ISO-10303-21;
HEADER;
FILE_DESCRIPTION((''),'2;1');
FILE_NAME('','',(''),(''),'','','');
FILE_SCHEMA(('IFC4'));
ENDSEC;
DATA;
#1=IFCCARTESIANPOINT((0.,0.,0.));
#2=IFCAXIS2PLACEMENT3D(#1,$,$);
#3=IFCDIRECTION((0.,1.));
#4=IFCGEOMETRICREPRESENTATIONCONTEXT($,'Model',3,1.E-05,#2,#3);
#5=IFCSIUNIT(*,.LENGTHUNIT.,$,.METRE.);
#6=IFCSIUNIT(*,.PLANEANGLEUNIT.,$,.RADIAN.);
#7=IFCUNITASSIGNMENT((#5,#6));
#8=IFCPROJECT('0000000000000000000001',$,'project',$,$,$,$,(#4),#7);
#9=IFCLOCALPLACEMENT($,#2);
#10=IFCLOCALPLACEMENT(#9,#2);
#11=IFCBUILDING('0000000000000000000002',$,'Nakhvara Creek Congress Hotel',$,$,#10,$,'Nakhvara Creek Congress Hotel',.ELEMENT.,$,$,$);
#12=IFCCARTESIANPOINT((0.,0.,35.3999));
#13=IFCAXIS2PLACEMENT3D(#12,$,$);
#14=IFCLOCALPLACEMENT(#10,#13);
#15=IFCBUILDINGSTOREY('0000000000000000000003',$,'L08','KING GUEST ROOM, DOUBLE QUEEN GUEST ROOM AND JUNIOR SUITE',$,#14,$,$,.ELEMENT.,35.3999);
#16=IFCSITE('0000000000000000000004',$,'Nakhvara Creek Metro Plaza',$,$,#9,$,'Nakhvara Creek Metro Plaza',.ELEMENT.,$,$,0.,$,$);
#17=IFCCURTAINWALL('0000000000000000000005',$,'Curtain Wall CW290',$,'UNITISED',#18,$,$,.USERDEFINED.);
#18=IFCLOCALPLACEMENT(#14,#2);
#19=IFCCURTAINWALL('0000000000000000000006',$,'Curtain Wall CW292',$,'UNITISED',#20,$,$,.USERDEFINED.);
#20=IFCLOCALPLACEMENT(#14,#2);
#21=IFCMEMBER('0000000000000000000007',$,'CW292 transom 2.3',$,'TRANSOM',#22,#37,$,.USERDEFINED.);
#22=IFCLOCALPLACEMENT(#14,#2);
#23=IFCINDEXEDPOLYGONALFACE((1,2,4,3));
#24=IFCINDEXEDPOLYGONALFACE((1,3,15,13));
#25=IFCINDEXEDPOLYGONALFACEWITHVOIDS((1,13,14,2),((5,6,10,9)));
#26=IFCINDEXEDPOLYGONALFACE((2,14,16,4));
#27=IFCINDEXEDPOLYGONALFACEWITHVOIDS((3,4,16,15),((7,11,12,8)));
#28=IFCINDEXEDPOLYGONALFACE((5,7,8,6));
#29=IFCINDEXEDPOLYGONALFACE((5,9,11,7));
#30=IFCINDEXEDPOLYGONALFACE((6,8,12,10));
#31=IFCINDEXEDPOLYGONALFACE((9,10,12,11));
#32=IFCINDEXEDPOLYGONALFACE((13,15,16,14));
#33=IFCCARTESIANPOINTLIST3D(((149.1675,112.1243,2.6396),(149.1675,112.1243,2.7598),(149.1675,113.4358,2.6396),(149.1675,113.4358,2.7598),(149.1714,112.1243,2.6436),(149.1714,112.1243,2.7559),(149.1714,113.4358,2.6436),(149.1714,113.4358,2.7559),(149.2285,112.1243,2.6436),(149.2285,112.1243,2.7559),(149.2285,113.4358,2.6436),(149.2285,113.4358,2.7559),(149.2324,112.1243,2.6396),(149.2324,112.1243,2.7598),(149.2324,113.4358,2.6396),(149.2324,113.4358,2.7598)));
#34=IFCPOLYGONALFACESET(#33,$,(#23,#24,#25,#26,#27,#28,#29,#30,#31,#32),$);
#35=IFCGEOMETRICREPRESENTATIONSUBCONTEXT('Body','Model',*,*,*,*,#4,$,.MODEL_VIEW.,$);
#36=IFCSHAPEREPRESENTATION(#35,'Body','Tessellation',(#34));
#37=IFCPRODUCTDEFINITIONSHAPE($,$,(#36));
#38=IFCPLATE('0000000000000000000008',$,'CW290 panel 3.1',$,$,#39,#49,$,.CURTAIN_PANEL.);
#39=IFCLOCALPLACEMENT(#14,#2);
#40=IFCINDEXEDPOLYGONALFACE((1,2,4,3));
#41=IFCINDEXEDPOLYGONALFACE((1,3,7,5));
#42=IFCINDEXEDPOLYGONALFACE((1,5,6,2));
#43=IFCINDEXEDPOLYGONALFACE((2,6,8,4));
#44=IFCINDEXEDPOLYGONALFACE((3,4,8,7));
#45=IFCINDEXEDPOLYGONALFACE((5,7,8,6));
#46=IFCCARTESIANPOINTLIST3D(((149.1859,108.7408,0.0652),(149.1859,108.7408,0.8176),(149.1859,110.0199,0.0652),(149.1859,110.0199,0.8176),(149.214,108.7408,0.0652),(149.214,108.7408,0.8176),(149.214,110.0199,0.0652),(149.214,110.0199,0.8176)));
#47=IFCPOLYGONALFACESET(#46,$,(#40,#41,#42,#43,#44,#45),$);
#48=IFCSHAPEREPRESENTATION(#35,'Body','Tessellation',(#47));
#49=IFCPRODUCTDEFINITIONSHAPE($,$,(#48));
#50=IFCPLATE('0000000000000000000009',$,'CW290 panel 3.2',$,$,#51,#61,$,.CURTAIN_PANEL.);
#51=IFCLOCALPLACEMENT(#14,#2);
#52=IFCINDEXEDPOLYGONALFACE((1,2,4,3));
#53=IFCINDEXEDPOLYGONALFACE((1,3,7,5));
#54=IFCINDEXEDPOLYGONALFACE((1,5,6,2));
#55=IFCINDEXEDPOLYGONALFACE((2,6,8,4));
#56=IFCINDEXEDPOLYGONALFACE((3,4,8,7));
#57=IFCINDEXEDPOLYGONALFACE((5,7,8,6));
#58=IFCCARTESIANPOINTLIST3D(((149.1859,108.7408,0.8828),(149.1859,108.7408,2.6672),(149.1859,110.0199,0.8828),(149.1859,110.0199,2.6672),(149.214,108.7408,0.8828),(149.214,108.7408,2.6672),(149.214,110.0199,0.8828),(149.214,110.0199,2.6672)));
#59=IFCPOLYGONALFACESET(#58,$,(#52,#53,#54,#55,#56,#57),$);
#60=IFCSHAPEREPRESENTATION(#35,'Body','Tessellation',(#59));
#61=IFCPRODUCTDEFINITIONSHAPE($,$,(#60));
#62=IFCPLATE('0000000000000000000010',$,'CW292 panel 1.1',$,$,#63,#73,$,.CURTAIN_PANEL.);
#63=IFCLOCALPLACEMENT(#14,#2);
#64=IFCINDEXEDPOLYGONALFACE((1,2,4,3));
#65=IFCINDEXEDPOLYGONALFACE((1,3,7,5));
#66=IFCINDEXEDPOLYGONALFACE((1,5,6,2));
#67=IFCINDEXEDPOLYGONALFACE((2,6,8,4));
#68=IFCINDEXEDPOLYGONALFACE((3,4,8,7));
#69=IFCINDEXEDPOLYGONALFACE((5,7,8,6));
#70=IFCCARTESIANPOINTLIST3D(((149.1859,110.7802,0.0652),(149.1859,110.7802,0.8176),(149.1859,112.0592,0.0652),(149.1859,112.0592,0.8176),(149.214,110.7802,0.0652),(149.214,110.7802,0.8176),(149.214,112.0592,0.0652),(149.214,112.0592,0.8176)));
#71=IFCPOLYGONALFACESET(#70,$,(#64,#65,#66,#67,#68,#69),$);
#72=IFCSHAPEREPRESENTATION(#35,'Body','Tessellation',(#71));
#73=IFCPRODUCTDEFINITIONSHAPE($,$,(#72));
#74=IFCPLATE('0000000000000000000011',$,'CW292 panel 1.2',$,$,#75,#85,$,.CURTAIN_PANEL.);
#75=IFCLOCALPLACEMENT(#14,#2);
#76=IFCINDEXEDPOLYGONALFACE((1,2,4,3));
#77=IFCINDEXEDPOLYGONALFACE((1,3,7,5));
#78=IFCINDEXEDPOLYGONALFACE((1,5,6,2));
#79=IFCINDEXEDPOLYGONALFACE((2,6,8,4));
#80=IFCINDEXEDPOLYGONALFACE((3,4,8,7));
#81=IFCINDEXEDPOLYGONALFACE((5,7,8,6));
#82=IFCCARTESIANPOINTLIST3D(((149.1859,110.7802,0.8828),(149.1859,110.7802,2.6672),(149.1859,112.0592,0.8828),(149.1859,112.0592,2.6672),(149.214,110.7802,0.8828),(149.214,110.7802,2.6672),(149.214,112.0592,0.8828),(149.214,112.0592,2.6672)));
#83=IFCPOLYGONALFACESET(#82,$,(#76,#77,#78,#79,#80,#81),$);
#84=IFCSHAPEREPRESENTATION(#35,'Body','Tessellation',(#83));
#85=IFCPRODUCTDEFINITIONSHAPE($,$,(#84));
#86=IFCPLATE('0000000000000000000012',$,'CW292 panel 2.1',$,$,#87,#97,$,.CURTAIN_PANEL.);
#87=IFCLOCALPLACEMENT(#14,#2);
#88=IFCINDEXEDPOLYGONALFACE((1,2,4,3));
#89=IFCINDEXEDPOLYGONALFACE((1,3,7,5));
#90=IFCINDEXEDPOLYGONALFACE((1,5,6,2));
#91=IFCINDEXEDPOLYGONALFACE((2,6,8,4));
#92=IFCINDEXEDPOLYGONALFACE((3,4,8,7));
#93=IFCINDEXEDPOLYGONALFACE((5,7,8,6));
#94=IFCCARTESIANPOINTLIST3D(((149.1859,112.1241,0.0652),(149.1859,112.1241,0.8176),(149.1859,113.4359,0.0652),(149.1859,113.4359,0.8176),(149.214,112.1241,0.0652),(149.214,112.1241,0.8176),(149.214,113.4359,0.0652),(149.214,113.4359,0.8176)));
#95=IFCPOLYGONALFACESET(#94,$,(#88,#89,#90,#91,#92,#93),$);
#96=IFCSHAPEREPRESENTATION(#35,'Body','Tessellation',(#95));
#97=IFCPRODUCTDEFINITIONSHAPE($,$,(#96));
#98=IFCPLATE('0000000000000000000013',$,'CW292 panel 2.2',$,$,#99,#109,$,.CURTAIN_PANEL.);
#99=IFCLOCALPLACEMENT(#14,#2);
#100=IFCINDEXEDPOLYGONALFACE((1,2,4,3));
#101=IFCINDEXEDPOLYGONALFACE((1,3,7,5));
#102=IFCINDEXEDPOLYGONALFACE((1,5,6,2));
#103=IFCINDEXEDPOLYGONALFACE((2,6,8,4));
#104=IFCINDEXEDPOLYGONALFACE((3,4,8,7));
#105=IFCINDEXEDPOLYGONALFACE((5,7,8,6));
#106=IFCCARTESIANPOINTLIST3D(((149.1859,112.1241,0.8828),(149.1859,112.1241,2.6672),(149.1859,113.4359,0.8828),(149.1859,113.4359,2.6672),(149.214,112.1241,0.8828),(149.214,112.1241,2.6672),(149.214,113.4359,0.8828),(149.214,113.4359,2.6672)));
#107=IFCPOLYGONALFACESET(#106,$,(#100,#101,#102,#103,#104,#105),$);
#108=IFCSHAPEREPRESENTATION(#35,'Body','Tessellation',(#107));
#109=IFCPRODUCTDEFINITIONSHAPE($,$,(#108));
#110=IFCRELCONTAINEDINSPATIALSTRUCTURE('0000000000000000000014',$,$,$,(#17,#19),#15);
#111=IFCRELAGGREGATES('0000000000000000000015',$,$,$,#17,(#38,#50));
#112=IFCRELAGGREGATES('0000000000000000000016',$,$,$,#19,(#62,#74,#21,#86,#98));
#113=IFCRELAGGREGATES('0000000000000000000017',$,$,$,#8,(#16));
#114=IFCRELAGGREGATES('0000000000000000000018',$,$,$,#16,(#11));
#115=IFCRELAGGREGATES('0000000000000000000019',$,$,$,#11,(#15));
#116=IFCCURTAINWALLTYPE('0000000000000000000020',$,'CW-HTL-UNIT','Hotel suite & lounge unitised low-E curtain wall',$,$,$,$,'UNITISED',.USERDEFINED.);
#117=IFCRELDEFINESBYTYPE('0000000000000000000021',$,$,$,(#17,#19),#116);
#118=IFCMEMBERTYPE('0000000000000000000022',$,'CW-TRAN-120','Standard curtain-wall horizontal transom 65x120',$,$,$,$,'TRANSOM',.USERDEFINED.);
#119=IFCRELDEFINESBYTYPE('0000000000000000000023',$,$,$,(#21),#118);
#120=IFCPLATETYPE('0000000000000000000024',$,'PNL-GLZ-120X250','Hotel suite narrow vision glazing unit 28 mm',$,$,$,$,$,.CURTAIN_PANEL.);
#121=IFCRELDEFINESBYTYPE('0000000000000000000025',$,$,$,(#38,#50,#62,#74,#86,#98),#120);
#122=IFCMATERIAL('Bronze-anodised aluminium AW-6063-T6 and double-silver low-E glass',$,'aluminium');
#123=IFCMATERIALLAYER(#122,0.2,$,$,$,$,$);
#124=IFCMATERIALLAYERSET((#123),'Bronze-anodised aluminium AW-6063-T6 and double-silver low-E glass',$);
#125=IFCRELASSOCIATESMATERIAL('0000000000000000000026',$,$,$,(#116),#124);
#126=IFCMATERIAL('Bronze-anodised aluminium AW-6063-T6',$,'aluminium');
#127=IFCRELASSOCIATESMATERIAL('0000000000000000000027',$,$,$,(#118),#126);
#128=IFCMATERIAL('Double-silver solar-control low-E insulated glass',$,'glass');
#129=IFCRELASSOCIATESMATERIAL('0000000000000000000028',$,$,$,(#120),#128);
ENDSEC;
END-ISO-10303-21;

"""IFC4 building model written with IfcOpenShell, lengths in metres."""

from ifc_helpers import new_model, si_unit, direction, frame, origin, origin_2d, place, context, subcontext, project, spatial, rectangle, hollow_rectangle, extrude, material, layer, layer_set, material_profile, profile_set, type_object, element, aggregate, save


model = new_model("IFC4")

# Units and contexts
model_context = context("Model", 3, precision=1e-05, world=origin(), true_north=direction((0.0, 1.0)))
body_context = subcontext(model_context, "Body", "Model", "MODEL_VIEW")
ifc_project = project(units=[si_unit("LENGTHUNIT", "METRE"), si_unit("PLANEANGLEUNIT", "RADIAN")], contexts=[model_context])

# Site, building, storey
site_placement = place(None, origin())
site = spatial("IfcSite", under=ifc_project, at=site_placement, Name="Nakhvara Creek Metro Plaza", LongName="Nakhvara Creek Metro Plaza", CompositionType="ELEMENT", RefElevation=0.0)
building_placement = place(site_placement, origin())
building = spatial("IfcBuilding", under=site, at=building_placement, Name="Nakhvara Creek Congress Hotel", LongName="Nakhvara Creek Congress Hotel", CompositionType="ELEMENT")
storey_placement = place(building_placement, frame((0.0, 0.0, 35.3999)))
storey = spatial("IfcBuildingStorey", under=building, at=storey_placement, Name="L08", Description="KING GUEST ROOM, DOUBLE QUEEN GUEST ROOM AND JUNIOR SUITE", CompositionType="ELEMENT", Elevation=35.3999)

# Curtain wall
ifc_material_1 = material(Name="Bronze-anodised aluminium AW-6063-T6 and double-silver low-E glass", Category="aluminium")
ifc_layer = layer(ifc_material_1, 0.2)
ifc_layer_set = layer_set([ifc_layer], Name="Bronze-anodised aluminium AW-6063-T6 and double-silver low-E glass")
curtain_wall_type = type_object("IfcCurtainWallType", Name="CW-HTL-UNIT", Description="Hotel suite & lounge unitised low-E curtain wall", ElementType="UNITISED", PredefinedType="USERDEFINED", material=ifc_layer_set)
curtain_wall_1_placement = place(storey_placement, origin())
curtain_wall_1 = element("IfcCurtainWall", 1, at=curtain_wall_1_placement, inside=storey, type_object=curtain_wall_type, Name="Curtain Wall CW290", ObjectType="UNITISED", PredefinedType="USERDEFINED")
ifc_material_2 = material(Name="Bronze-anodised aluminium AW-6063-T6", Category="aluminium")

# Curtain wall
curtain_wall_2_placement = place(storey_placement, origin())
curtain_wall_2 = element("IfcCurtainWall", 2, at=curtain_wall_2_placement, inside=storey, type_object=curtain_wall_type, Name="Curtain Wall CW292", ObjectType="UNITISED", PredefinedType="USERDEFINED")

# Member
ifc_material_profile_1 = material_profile(ifc_material_2, hollow_rectangle(XDim=0.0649, YDim=0.1201, WallThickness=0.0039, at=origin_2d()), Name="ALU-TRAN 65x120x4", Category="LoadBearing")
ifc_profile_set_1 = profile_set([ifc_material_profile_1], Name="Bronze-anodised aluminium AW-6063-T6")
member_type_1 = type_object("IfcMemberType", Name="CW-TRAN-120", Description="Standard curtain-wall horizontal transom 65x120", ElementType="TRANSOM", PredefinedType="USERDEFINED", material=ifc_profile_set_1)
member_1_placement = place(storey_placement, frame((149.2, 112.1243, 2.6997), z_axis=(0.0, 1.0, 0.0), x_axis=(-1.0, 0.0, 0.0)))
member_1 = element("IfcMember", 3, at=member_1_placement, type_object=member_type_1, Name="CW292 transom 2.3", ObjectType="TRANSOM", PredefinedType="USERDEFINED", context=body_context, shape_type="SweptSolid", body=[
    extrude(hollow_rectangle(XDim=0.0649, YDim=0.1201, WallThickness=0.0039, at=origin_2d()), origin(), (0.0, 0.0, 1.0), 1.3115),
])

# Plates
ifc_material_3 = material(Name="Double-silver solar-control low-E insulated glass", Category="glass")
plate_type = type_object("IfcPlateType", Name="PNL-GLZ-120X250", Description="Hotel suite narrow vision glazing unit 28 mm", PredefinedType="CURTAIN_PANEL", material=ifc_material_3)
plate_1_placement = place(storey_placement, frame((149.2, 109.3804, 0.0652), z_axis=(0.0, 0.0, 1.0), x_axis=(0.0, 1.0, 0.0)))
plate_1 = element("IfcPlate", 4, at=plate_1_placement, type_object=plate_type, Name="CW290 panel 3.1", PredefinedType="CURTAIN_PANEL", context=body_context, shape_type="SweptSolid", body=[
    extrude(rectangle(XDim=1.2791, YDim=0.0281, at=origin_2d()), origin(), (0.0, 0.0, 1.0), 0.7524),
])
plate_2_placement = place(storey_placement, frame((149.2, 109.3804, 0.8828), z_axis=(0.0, 0.0, 1.0), x_axis=(0.0, 1.0, 0.0)))
plate_2 = element("IfcPlate", 5, at=plate_2_placement, type_object=plate_type, Name="CW290 panel 3.2", PredefinedType="CURTAIN_PANEL", context=body_context, shape_type="SweptSolid", body=[
    extrude(rectangle(XDim=1.2791, YDim=0.0281, at=origin_2d()), origin(), (0.0, 0.0, 1.0), 1.7844),
])
aggregate(curtain_wall_1, [plate_1, plate_2])
plate_3_placement = place(storey_placement, frame((149.2, 111.4197, 0.0652), z_axis=(0.0, 0.0, 1.0), x_axis=(0.0, 1.0, 0.0)))
plate_3 = element("IfcPlate", 6, at=plate_3_placement, type_object=plate_type, Name="CW292 panel 1.1", PredefinedType="CURTAIN_PANEL", context=body_context, shape_type="SweptSolid", body=[
    extrude(rectangle(XDim=1.2791, YDim=0.0281, at=origin_2d()), origin(), (0.0, 0.0, 1.0), 0.7524),
])
plate_4_placement = place(storey_placement, frame((149.2, 111.4197, 0.8828), z_axis=(0.0, 0.0, 1.0), x_axis=(0.0, 1.0, 0.0)))
plate_4 = element("IfcPlate", 7, at=plate_4_placement, type_object=plate_type, Name="CW292 panel 1.2", PredefinedType="CURTAIN_PANEL", context=body_context, shape_type="SweptSolid", body=[
    extrude(rectangle(XDim=1.2791, YDim=0.0281, at=origin_2d()), origin(), (0.0, 0.0, 1.0), 1.7844),
])
plate_5_placement = place(storey_placement, frame((149.2, 112.78, 0.0652), z_axis=(0.0, 0.0, 1.0), x_axis=(0.0, 1.0, 0.0)))
plate_5 = element("IfcPlate", 8, at=plate_5_placement, type_object=plate_type, Name="CW292 panel 2.1", PredefinedType="CURTAIN_PANEL", context=body_context, shape_type="SweptSolid", body=[
    extrude(rectangle(XDim=1.3118, YDim=0.0281, at=origin_2d()), origin(), (0.0, 0.0, 1.0), 0.7524),
])
plate_6_placement = place(storey_placement, frame((149.2, 112.78, 0.8828), z_axis=(0.0, 0.0, 1.0), x_axis=(0.0, 1.0, 0.0)))
plate_6 = element("IfcPlate", 9, at=plate_6_placement, type_object=plate_type, Name="CW292 panel 2.2", PredefinedType="CURTAIN_PANEL", context=body_context, shape_type="SweptSolid", body=[
    extrude(rectangle(XDim=1.3118, YDim=0.0281, at=origin_2d()), origin(), (0.0, 0.0, 1.0), 1.7844),
])
aggregate(curtain_wall_2, [plate_3, plate_4, member_1, plate_5, plate_6])

save(model, "model.ifc")
